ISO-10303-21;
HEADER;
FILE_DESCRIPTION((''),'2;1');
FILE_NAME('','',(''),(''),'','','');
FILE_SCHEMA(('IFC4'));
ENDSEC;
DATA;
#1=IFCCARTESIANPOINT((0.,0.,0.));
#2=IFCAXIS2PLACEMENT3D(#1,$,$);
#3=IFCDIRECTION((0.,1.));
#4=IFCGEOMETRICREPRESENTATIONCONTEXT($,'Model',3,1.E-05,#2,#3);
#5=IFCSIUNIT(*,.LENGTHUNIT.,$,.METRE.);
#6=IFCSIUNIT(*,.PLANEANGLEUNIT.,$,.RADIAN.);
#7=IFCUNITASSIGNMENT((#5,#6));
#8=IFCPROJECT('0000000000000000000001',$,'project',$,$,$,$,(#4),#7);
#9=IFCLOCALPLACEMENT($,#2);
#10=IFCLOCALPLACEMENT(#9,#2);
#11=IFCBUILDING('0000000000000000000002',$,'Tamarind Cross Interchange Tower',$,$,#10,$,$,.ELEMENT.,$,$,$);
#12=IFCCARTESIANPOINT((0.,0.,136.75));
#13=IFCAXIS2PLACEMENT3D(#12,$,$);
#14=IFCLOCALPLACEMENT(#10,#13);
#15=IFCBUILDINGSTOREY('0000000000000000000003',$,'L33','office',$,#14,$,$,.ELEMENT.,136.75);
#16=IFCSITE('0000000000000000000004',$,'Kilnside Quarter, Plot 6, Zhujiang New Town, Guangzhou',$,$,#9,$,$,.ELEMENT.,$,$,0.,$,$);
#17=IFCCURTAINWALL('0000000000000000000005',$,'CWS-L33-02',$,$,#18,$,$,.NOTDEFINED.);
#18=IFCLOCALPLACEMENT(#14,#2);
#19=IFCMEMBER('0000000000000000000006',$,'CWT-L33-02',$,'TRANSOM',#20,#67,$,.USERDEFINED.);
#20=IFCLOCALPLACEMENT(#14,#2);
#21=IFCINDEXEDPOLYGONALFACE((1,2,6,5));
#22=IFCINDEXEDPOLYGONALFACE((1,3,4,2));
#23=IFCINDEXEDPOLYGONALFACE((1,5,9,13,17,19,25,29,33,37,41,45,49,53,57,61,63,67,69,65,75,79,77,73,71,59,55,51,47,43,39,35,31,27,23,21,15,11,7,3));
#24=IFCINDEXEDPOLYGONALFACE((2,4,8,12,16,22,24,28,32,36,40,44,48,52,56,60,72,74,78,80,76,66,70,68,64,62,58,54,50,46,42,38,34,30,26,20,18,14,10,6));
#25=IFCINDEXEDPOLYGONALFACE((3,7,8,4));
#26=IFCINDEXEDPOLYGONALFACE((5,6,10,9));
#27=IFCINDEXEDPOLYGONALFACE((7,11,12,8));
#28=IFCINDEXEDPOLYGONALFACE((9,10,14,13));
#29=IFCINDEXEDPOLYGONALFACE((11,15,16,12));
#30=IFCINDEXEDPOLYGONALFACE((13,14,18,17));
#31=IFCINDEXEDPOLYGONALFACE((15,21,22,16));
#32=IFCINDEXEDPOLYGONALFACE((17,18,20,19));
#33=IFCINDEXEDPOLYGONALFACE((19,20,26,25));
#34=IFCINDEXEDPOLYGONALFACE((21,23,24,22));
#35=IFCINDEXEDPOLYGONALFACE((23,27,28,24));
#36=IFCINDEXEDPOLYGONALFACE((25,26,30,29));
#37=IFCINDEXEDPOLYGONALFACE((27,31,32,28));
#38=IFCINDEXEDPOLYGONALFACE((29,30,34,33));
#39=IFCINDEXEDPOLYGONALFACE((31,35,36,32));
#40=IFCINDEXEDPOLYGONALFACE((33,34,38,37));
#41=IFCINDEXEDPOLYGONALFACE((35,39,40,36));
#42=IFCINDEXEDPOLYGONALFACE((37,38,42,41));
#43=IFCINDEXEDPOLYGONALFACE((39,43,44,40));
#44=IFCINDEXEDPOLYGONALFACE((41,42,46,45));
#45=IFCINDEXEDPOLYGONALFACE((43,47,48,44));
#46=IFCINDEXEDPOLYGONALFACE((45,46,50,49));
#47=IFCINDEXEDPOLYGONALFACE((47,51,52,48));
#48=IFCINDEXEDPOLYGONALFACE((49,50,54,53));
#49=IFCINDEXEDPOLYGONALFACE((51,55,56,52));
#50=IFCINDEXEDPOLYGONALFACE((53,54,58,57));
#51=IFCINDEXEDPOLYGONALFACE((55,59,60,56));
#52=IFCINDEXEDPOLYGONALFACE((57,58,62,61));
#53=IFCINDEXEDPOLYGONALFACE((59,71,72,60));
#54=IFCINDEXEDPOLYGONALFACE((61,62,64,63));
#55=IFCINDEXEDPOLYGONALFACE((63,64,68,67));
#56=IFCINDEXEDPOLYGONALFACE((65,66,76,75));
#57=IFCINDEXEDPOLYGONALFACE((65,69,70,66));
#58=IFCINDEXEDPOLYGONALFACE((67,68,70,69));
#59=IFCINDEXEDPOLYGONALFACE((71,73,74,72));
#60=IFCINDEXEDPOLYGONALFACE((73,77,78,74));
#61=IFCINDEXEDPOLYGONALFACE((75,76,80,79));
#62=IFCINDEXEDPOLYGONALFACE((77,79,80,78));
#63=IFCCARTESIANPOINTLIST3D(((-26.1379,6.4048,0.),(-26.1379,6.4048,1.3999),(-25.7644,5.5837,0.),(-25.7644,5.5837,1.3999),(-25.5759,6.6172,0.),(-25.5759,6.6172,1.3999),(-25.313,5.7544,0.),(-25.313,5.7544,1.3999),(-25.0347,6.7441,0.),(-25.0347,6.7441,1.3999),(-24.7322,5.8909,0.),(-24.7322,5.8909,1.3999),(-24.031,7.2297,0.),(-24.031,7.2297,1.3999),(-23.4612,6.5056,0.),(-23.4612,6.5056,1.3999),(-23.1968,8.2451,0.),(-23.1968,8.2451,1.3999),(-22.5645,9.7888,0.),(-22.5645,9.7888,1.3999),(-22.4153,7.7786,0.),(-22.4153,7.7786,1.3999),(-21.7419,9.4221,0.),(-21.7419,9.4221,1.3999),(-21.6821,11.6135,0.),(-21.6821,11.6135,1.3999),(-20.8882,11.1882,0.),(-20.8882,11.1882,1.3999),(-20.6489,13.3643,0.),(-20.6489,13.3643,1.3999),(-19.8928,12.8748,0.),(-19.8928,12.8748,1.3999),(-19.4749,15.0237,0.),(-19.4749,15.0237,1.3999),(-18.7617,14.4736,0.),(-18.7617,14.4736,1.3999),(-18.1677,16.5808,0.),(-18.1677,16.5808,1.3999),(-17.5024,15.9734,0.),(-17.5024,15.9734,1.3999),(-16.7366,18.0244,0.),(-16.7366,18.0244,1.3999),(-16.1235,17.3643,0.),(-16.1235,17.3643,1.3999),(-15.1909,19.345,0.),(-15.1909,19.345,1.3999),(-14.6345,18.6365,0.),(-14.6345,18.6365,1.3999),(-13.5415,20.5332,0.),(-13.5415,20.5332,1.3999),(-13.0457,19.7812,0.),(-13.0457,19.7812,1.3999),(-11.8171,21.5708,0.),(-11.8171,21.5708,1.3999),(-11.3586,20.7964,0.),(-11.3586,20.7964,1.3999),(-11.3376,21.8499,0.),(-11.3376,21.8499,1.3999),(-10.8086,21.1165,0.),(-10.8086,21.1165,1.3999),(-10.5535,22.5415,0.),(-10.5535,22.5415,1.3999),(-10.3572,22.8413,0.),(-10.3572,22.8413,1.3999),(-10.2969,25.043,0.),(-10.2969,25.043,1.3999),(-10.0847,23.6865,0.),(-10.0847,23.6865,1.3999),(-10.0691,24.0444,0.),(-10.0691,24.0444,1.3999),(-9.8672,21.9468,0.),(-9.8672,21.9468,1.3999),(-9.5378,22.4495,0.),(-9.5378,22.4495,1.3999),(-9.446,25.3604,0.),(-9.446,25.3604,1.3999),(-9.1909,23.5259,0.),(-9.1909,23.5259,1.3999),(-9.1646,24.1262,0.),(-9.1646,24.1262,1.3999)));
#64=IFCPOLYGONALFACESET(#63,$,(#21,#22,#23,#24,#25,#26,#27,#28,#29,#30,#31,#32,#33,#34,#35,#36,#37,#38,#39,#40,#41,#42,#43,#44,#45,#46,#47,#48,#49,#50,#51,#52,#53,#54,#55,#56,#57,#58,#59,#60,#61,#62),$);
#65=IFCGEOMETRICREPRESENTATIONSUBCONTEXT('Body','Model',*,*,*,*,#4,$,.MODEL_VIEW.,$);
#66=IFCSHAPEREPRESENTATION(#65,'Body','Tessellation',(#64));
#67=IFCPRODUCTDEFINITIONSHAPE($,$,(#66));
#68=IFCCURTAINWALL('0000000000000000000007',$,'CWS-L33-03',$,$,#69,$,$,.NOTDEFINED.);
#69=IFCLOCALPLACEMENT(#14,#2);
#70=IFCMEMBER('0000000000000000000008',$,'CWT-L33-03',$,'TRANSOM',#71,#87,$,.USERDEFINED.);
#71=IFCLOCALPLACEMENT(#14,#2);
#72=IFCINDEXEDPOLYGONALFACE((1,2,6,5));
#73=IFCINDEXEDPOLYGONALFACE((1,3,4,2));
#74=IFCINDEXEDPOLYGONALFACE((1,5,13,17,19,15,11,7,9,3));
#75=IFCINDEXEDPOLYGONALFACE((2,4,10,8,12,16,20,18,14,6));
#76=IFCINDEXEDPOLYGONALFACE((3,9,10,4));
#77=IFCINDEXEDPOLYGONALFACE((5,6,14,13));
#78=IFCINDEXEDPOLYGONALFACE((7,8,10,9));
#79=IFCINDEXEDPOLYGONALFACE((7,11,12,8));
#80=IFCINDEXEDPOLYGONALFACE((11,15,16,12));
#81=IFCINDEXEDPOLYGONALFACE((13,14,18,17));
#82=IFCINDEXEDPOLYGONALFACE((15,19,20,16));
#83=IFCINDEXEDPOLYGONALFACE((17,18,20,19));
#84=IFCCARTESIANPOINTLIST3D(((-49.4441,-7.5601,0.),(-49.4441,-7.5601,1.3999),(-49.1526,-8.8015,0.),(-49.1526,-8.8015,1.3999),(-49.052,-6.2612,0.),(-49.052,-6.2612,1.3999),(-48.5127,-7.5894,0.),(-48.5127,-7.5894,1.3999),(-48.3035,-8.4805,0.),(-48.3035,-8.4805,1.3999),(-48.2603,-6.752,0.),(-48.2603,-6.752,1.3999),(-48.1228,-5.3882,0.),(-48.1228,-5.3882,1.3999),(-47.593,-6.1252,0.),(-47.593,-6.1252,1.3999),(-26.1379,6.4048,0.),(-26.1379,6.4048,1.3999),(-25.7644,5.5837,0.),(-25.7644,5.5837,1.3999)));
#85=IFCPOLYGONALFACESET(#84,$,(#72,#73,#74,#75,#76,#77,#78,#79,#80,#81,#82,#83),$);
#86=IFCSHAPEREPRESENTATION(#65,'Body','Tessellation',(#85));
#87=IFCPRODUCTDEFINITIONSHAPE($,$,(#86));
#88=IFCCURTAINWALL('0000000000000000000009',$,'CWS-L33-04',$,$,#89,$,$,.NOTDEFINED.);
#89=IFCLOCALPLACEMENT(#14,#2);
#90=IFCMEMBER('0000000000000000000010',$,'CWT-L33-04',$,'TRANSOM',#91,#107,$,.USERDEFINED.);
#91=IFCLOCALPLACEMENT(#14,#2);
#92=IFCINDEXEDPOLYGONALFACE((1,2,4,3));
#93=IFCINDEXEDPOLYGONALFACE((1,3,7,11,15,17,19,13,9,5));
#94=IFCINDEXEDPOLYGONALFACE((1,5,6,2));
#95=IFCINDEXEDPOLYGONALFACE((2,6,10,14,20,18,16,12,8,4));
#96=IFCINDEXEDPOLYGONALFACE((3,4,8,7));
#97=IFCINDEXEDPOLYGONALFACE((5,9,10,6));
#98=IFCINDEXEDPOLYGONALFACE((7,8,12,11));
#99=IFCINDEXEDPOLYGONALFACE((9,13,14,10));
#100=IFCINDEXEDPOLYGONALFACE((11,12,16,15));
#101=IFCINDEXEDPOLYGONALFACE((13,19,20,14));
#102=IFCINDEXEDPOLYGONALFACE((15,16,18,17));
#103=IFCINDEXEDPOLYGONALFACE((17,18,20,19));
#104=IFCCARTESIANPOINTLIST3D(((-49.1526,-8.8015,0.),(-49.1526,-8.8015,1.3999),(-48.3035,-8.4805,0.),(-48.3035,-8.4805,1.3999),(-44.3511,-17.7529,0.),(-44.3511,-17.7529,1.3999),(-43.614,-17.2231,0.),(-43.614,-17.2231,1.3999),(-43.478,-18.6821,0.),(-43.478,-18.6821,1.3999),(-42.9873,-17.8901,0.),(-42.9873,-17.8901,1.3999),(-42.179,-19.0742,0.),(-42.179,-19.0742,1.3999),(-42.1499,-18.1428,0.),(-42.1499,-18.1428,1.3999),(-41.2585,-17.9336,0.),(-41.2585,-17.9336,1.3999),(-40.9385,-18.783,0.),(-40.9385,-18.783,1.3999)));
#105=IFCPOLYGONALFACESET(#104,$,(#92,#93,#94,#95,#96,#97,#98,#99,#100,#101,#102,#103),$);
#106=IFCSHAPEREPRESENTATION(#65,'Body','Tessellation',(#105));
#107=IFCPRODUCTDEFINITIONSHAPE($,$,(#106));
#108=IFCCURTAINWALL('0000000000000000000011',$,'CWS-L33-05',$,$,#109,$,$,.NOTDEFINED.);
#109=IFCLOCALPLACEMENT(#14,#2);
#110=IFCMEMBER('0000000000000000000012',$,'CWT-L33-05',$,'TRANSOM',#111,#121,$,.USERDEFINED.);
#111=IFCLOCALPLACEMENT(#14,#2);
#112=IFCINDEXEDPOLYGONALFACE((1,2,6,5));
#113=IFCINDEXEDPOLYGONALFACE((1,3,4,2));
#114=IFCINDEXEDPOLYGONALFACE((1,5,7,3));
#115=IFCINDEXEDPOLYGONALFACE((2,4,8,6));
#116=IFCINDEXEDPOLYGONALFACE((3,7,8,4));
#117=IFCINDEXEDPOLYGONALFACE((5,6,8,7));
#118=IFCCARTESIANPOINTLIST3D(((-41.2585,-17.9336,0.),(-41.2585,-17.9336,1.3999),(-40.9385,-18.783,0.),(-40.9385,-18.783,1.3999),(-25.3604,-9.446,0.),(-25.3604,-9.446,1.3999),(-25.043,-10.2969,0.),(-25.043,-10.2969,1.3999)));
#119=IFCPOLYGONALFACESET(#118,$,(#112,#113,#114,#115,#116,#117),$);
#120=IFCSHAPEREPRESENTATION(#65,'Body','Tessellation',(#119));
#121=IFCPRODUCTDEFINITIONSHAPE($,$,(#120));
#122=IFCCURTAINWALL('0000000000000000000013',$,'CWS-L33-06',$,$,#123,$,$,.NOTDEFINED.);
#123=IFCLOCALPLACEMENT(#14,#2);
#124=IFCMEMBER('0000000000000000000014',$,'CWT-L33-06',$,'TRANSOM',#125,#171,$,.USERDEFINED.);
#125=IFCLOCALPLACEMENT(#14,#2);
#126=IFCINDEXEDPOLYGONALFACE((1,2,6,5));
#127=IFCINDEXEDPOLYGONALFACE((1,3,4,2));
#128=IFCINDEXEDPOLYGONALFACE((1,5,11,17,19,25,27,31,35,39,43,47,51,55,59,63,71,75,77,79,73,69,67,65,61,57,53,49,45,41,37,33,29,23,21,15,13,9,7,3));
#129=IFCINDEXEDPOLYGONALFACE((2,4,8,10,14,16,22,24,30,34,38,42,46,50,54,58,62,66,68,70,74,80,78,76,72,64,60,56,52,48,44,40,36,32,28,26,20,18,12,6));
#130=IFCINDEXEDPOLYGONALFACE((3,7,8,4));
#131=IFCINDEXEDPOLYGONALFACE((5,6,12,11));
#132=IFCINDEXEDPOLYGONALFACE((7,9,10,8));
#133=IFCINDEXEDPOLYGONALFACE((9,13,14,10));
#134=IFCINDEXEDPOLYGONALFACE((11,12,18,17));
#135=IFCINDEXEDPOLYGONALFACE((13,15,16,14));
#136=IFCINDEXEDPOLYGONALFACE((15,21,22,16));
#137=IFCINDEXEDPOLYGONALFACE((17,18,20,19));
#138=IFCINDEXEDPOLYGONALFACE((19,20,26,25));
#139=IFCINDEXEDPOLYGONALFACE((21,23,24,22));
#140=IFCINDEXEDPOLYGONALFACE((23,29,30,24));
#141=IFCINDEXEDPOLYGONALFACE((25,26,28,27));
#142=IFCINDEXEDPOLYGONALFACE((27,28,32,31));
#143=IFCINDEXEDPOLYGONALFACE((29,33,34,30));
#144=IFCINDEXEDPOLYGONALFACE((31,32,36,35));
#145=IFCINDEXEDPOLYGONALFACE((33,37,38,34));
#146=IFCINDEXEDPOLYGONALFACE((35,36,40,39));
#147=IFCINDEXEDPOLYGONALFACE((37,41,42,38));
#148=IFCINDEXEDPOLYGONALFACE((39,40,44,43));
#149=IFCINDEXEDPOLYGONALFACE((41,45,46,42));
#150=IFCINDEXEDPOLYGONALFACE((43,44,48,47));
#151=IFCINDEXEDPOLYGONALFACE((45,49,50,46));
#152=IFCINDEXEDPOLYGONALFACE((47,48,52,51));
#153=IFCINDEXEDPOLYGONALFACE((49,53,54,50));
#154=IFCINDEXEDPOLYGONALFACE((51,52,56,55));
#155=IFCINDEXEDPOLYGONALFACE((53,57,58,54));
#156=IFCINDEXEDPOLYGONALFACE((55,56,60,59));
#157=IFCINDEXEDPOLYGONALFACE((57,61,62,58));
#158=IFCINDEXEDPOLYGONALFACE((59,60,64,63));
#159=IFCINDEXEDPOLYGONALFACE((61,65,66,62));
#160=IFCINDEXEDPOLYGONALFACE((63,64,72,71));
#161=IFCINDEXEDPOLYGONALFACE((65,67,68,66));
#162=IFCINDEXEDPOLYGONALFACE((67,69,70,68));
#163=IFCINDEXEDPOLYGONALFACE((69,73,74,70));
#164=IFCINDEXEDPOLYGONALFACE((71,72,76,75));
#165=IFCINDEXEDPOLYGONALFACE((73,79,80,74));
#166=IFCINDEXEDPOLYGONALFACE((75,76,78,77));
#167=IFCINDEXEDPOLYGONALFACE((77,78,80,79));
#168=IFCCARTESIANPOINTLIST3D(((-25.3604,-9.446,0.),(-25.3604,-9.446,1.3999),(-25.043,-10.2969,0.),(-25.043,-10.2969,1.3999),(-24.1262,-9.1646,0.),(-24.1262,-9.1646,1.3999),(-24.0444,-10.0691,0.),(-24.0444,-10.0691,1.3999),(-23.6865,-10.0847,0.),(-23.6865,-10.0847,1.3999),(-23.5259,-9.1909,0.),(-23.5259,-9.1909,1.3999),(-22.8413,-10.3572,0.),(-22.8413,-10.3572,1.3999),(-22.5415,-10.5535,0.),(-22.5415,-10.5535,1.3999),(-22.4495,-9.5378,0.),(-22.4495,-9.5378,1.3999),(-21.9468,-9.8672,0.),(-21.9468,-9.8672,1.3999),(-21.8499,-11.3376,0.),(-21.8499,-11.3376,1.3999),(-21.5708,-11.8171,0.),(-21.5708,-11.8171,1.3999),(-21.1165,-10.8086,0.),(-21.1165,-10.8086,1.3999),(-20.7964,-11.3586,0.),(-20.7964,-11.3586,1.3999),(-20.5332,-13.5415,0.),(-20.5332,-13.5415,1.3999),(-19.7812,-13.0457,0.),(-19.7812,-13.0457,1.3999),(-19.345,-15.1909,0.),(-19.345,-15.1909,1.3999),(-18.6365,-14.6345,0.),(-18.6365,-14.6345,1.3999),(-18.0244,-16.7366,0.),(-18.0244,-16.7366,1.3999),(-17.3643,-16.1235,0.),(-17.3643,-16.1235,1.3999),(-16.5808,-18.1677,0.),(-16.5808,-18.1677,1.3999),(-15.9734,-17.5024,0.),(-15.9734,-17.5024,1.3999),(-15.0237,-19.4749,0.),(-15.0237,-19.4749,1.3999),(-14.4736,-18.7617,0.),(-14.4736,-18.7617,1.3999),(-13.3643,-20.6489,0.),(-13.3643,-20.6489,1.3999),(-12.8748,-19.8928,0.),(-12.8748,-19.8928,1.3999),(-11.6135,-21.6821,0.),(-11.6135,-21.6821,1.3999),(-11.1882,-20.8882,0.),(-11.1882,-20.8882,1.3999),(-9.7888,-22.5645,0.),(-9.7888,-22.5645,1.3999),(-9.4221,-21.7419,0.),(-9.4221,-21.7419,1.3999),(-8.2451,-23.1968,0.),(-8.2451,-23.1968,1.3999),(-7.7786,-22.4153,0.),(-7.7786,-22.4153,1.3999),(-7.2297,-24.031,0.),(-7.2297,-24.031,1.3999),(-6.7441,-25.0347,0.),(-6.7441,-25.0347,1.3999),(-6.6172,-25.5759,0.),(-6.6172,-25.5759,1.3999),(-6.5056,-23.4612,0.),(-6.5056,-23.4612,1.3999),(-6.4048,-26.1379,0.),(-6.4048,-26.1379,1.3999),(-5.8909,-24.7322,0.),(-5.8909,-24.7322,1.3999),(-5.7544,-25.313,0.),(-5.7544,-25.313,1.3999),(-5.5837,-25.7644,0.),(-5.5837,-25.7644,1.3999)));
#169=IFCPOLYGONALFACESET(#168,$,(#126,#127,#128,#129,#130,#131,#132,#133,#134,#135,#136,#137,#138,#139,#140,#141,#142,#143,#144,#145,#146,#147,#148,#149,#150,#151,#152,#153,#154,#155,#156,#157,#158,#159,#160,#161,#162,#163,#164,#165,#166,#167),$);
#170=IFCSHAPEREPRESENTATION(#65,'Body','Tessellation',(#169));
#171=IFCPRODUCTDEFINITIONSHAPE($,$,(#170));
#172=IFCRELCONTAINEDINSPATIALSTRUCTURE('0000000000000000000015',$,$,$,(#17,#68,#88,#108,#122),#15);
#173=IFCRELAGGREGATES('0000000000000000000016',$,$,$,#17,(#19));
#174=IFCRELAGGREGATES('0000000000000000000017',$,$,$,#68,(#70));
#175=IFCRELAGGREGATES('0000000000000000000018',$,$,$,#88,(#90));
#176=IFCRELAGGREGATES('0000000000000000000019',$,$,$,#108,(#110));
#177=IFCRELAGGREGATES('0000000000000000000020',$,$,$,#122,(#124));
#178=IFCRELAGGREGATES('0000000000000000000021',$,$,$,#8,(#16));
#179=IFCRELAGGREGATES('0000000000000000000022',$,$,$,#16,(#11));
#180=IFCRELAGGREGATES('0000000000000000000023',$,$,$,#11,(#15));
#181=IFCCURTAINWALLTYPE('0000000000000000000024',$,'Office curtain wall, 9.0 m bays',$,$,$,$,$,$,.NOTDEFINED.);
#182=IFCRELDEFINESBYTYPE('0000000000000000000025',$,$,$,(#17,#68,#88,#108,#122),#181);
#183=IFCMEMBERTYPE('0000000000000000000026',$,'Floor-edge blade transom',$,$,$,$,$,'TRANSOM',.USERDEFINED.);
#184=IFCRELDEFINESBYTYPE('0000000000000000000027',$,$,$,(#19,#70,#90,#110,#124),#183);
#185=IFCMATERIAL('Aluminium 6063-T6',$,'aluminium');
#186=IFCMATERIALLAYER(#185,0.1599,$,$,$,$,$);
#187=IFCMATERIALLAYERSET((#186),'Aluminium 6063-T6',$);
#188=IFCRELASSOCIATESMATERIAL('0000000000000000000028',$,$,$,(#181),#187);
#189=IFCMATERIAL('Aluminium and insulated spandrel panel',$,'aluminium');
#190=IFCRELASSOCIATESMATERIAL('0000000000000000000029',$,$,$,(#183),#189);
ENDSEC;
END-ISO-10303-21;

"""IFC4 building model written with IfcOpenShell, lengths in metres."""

from ifc_helpers import new_model, si_unit, direction, frame, origin, place, context, subcontext, project, spatial, polyline, outline, extrude, material, layer, layer_set, type_object, element, aggregate, save


model = new_model("IFC4")

# Units and contexts
model_context = context("Model", 3, precision=1e-05, world=origin(), true_north=direction((0.0, 1.0)))
body_context = subcontext(model_context, "Body", "Model", "MODEL_VIEW")
ifc_project = project(units=[si_unit("LENGTHUNIT", "METRE"), si_unit("PLANEANGLEUNIT", "RADIAN")], contexts=[model_context])

# Site, building, storey
site_placement = place(None, origin())
site = spatial("IfcSite", under=ifc_project, at=site_placement, Name="Kilnside Quarter, Plot 6, Zhujiang New Town, Guangzhou", CompositionType="ELEMENT", RefElevation=0.0)
building_placement = place(site_placement, origin())
building = spatial("IfcBuilding", under=site, at=building_placement, Name="Tamarind Cross Interchange Tower", CompositionType="ELEMENT")
storey_placement = place(building_placement, frame((0.0, 0.0, 136.75)))
storey = spatial("IfcBuildingStorey", under=building, at=storey_placement, Name="L33", Description="office", CompositionType="ELEMENT", Elevation=136.75)

# Curtain walls, members
ifc_material_1 = material(Name="Aluminium 6063-T6", Category="aluminium")
ifc_layer_1 = layer(ifc_material_1, 0.1599)
ifc_layer_set_1 = layer_set([ifc_layer_1], Name="Aluminium 6063-T6")
curtain_wall_type = type_object("IfcCurtainWallType", Name="Office curtain wall, 9.0 m bays", PredefinedType="NOTDEFINED", material=ifc_layer_set_1)
curtain_wall_1_placement = place(storey_placement, origin())
curtain_wall_1 = element("IfcCurtainWall", 1, at=curtain_wall_1_placement, inside=storey, type_object=curtain_wall_type, Name="CWS-L33-02", PredefinedType="NOTDEFINED")
ifc_material_2 = material(Name="Aluminium and insulated spandrel panel", Category="aluminium")
member_type = type_object("IfcMemberType", Name="Floor-edge blade transom", ElementType="TRANSOM", PredefinedType="USERDEFINED", material=ifc_material_2)
member_1_placement = place(storey_placement, origin())
member_1 = element("IfcMember", 2, at=member_1_placement, type_object=member_type, Name="CWT-L33-02", ObjectType="TRANSOM", PredefinedType="USERDEFINED", context=body_context, shape_type="SweptSolid", body=[
    extrude(outline(polyline([(-9.446, 25.3604), (-9.1646, 24.1262), (-9.1909, 23.5259), (-9.5378, 22.4495), (-9.8672, 21.9468), (-10.8086, 21.1165), (-11.3586, 20.7964), (-13.0457, 19.7812), (-14.6345, 18.6365), (-16.1235, 17.3643), (-17.5024, 15.9734), (-18.7617, 14.4736), (-19.8928, 12.8748), (-20.8882, 11.1882), (-21.7419, 9.4221), (-22.4153, 7.7786), (-23.4612, 6.5056), (-24.7322, 5.8909), (-25.313, 5.7544), (-25.7644, 5.5837), (-26.1379, 6.4048), (-25.5759, 6.6172), (-25.0347, 6.7441), (-24.031, 7.2297), (-23.1968, 8.2451), (-22.5645, 9.7888), (-21.6821, 11.6135), (-20.6489, 13.3643), (-19.4749, 15.0237), (-18.1677, 16.5808), (-16.7366, 18.0244), (-15.1909, 19.345), (-13.5415, 20.5332), (-11.8171, 21.5708), (-11.3376, 21.8499), (-10.5535, 22.5415), (-10.3572, 22.8413), (-10.0847, 23.6865), (-10.0691, 24.0444), (-10.2969, 25.043), (-9.446, 25.3604)])), origin(), (0.0, 0.0, 1.0), 1.3999),
])
curtain_wall_2_placement = place(storey_placement, origin())
curtain_wall_2 = element("IfcCurtainWall", 3, at=curtain_wall_2_placement, inside=storey, type_object=curtain_wall_type, Name="CWS-L33-03", PredefinedType="NOTDEFINED")
member_2_placement = place(storey_placement, origin())
member_2 = element("IfcMember", 4, at=member_2_placement, type_object=member_type, Name="CWT-L33-03", ObjectType="TRANSOM", PredefinedType="USERDEFINED", context=body_context, shape_type="SweptSolid", body=[
    extrude(outline(polyline([(-25.7644, 5.5837), (-47.593, -6.1252), (-48.2603, -6.752), (-48.5127, -7.5894), (-48.3035, -8.4805), (-49.1526, -8.8015), (-49.4441, -7.5601), (-49.052, -6.2612), (-48.1228, -5.3882), (-26.1379, 6.4048), (-25.7644, 5.5837)])), origin(), (0.0, 0.0, 1.0), 1.3999),
])
curtain_wall_3_placement = place(storey_placement, origin())
curtain_wall_3 = element("IfcCurtainWall", 5, at=curtain_wall_3_placement, inside=storey, type_object=curtain_wall_type, Name="CWS-L33-04", PredefinedType="NOTDEFINED")
member_3_placement = place(storey_placement, origin())
member_3 = element("IfcMember", 6, at=member_3_placement, type_object=member_type, Name="CWT-L33-04", ObjectType="TRANSOM", PredefinedType="USERDEFINED", context=body_context, shape_type="SweptSolid", body=[
    extrude(outline(polyline([(-48.3035, -8.4805), (-43.614, -17.2231), (-42.9873, -17.8901), (-42.1499, -18.1428), (-41.2585, -17.9336), (-40.9385, -18.783), (-42.179, -19.0742), (-43.478, -18.6821), (-44.3511, -17.7529), (-49.1526, -8.8015), (-48.3035, -8.4805)])), origin(), (0.0, 0.0, 1.0), 1.3999),
])
curtain_wall_4_placement = place(storey_placement, origin())
curtain_wall_4 = element("IfcCurtainWall", 7, at=curtain_wall_4_placement, inside=storey, type_object=curtain_wall_type, Name="CWS-L33-05", PredefinedType="NOTDEFINED")
member_4_placement = place(storey_placement, origin())
member_4 = element("IfcMember", 8, at=member_4_placement, type_object=member_type, Name="CWT-L33-05", ObjectType="TRANSOM", PredefinedType="USERDEFINED", context=body_context, shape_type="SweptSolid", body=[
    extrude(outline(polyline([(-41.2585, -17.9336), (-25.3604, -9.446), (-25.043, -10.2969), (-40.9385, -18.783), (-41.2585, -17.9336)])), origin(), (0.0, 0.0, 1.0), 1.3999),
])
curtain_wall_5_placement = place(storey_placement, origin())
curtain_wall_5 = element("IfcCurtainWall", 9, at=curtain_wall_5_placement, inside=storey, type_object=curtain_wall_type, Name="CWS-L33-06", PredefinedType="NOTDEFINED")
member_5_placement = place(storey_placement, origin())
member_5 = element("IfcMember", 10, at=member_5_placement, type_object=member_type, Name="CWT-L33-06", ObjectType="TRANSOM", PredefinedType="USERDEFINED", context=body_context, shape_type="SweptSolid", body=[
    extrude(outline(polyline([(-25.3604, -9.446), (-24.1262, -9.1646), (-23.5259, -9.1909), (-22.4495, -9.5378), (-21.9468, -9.8672), (-21.1165, -10.8086), (-20.7964, -11.3586), (-19.7812, -13.0457), (-18.6365, -14.6345), (-17.3643, -16.1235), (-15.9734, -17.5024), (-14.4736, -18.7617), (-12.8748, -19.8928), (-11.1882, -20.8882), (-9.4221, -21.7419), (-7.7786, -22.4153), (-6.5056, -23.4612), (-5.8909, -24.7322), (-5.7544, -25.313), (-5.5837, -25.7644), (-6.4048, -26.1379), (-6.6172, -25.5759), (-6.7441, -25.0347), (-7.2297, -24.031), (-8.2451, -23.1968), (-9.7888, -22.5645), (-11.6135, -21.6821), (-13.3643, -20.6489), (-15.0237, -19.4749), (-16.5808, -18.1677), (-18.0244, -16.7366), (-19.345, -15.1909), (-20.5332, -13.5415), (-21.5708, -11.8171), (-21.8499, -11.3376), (-22.5415, -10.5535), (-22.8413, -10.3572), (-23.6865, -10.0847), (-24.0444, -10.0691), (-25.043, -10.2969), (-25.3604, -9.446)])), origin(), (0.0, 0.0, 1.0), 1.3999),
])

aggregate(curtain_wall_1, [member_1])
aggregate(curtain_wall_2, [member_2])
aggregate(curtain_wall_3, [member_3])
aggregate(curtain_wall_4, [member_4])
aggregate(curtain_wall_5, [member_5])

save(model, "model.ifc")
